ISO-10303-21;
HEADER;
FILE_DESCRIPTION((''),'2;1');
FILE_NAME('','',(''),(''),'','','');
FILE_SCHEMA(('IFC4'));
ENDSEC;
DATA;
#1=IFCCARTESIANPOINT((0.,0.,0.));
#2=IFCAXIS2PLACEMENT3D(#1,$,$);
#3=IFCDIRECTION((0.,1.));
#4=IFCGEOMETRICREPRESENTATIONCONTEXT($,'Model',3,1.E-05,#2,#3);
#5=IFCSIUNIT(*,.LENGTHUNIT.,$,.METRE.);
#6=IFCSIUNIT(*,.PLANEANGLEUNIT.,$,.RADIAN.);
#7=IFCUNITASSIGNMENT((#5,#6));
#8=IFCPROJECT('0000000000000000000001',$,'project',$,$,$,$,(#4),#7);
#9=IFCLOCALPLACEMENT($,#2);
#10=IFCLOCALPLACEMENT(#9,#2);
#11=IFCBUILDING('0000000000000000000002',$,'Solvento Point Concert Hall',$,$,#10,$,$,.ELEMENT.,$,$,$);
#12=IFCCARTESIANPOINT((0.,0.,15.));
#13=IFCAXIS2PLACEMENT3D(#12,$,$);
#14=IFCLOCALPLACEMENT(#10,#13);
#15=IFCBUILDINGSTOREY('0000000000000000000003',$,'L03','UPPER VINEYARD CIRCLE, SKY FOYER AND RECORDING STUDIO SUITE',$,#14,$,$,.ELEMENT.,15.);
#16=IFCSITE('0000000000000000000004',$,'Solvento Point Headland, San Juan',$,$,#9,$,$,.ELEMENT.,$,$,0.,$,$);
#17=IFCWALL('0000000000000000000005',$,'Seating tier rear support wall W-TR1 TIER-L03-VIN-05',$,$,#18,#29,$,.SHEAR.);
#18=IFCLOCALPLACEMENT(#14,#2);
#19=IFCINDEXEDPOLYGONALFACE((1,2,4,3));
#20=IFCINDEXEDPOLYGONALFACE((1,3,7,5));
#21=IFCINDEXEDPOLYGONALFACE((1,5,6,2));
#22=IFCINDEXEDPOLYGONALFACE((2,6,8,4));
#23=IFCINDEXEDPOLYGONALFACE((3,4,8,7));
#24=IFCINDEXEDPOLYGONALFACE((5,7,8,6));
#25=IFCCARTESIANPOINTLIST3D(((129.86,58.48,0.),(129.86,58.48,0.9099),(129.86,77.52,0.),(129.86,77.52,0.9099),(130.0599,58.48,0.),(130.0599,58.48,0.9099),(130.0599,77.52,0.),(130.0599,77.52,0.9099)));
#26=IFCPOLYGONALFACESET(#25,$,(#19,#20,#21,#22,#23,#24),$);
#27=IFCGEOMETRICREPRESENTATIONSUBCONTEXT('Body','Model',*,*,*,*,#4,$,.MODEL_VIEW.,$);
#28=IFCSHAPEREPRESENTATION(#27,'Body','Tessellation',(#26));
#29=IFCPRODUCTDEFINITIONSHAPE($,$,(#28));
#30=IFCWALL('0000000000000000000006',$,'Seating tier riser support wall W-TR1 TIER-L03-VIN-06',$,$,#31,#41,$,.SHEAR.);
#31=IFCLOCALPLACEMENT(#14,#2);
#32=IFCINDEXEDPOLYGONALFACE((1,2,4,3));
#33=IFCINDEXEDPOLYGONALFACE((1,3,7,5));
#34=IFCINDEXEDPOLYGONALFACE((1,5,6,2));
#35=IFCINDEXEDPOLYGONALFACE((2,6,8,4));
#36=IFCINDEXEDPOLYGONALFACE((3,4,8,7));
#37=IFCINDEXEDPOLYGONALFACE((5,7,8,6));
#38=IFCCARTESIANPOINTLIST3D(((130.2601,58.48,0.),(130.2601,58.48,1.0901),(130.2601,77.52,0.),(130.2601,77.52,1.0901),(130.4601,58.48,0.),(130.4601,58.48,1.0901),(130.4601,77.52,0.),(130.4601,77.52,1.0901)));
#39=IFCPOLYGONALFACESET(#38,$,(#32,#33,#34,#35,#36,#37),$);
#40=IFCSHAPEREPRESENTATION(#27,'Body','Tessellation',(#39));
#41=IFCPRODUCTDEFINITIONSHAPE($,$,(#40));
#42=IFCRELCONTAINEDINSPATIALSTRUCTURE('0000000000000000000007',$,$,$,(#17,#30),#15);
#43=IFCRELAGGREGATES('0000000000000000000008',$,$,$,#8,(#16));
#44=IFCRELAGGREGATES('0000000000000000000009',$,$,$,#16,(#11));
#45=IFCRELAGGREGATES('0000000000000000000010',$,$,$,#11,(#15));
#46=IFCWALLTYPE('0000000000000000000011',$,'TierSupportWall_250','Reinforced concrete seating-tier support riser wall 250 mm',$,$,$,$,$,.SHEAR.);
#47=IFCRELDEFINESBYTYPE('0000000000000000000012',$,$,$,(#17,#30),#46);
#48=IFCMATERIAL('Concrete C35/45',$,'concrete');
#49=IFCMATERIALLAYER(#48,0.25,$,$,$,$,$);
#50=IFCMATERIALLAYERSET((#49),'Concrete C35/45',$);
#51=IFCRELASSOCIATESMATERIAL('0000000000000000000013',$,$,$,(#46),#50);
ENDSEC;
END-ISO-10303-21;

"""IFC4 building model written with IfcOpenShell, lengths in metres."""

from ifc_helpers import new_model, si_unit, direction, frame, frame_2d, origin, place, context, subcontext, project, spatial, rectangle, extrude, material, layer, layer_set, type_object, element, save


model = new_model("IFC4")

# Units and contexts
model_context = context("Model", 3, precision=1e-05, world=origin(), true_north=direction((0.0, 1.0)))
body_context = subcontext(model_context, "Body", "Model", "MODEL_VIEW")
ifc_project = project(units=[si_unit("LENGTHUNIT", "METRE"), si_unit("PLANEANGLEUNIT", "RADIAN")], contexts=[model_context])

# Site, building, storey
site_placement = place(None, origin())
site = spatial("IfcSite", under=ifc_project, at=site_placement, Name="Solvento Point Headland, San Juan", CompositionType="ELEMENT", RefElevation=0.0)
building_placement = place(site_placement, origin())
building = spatial("IfcBuilding", under=site, at=building_placement, Name="Solvento Point Concert Hall", CompositionType="ELEMENT")
storey_placement = place(building_placement, frame((0.0, 0.0, 15.0)))
storey = spatial("IfcBuildingStorey", under=building, at=storey_placement, Name="L03", Description="UPPER VINEYARD CIRCLE, SKY FOYER AND RECORDING STUDIO SUITE", CompositionType="ELEMENT", Elevation=15.0)

# Walls
ifc_material_1 = material(Name="Concrete C35/45", Category="concrete")
ifc_layer_1 = layer(ifc_material_1, 0.25)
ifc_layer_set_1 = layer_set([ifc_layer_1], Name="Concrete C35/45")
wall_type_1 = type_object("IfcWallType", Name="TierSupportWall_250", Description="Reinforced concrete seating-tier support riser wall 250 mm", PredefinedType="SHEAR", material=ifc_layer_set_1)
wall_1_placement = place(storey_placement, frame((129.96, 58.48, 0.0), z_axis=(0.0, 0.0, 1.0), x_axis=(0.0, 1.0, 0.0)))
element("IfcWall", 1, at=wall_1_placement, inside=storey, type_object=wall_type_1, Name="Seating tier rear support wall W-TR1 TIER-L03-VIN-05", PredefinedType="SHEAR", context=body_context, shape_type="SweptSolid", body=[
    extrude(rectangle(XDim=19.04, YDim=0.2, at=frame_2d((9.52, 0.0))), origin(), (0.0, 0.0, 1.0), 0.9099),
])
wall_2_placement = place(storey_placement, frame((130.3601, 58.48, 0.0), z_axis=(0.0, 0.0, 1.0), x_axis=(0.0, 1.0, 0.0)))
element("IfcWall", 2, at=wall_2_placement, inside=storey, type_object=wall_type_1, Name="Seating tier riser support wall W-TR1 TIER-L03-VIN-06", PredefinedType="SHEAR", context=body_context, shape_type="SweptSolid", body=[
    extrude(rectangle(XDim=19.04, YDim=0.2, at=frame_2d((9.52, 0.0))), origin(), (0.0, 0.0, 1.0), 1.0901),
])

save(model, "model.ifc")
